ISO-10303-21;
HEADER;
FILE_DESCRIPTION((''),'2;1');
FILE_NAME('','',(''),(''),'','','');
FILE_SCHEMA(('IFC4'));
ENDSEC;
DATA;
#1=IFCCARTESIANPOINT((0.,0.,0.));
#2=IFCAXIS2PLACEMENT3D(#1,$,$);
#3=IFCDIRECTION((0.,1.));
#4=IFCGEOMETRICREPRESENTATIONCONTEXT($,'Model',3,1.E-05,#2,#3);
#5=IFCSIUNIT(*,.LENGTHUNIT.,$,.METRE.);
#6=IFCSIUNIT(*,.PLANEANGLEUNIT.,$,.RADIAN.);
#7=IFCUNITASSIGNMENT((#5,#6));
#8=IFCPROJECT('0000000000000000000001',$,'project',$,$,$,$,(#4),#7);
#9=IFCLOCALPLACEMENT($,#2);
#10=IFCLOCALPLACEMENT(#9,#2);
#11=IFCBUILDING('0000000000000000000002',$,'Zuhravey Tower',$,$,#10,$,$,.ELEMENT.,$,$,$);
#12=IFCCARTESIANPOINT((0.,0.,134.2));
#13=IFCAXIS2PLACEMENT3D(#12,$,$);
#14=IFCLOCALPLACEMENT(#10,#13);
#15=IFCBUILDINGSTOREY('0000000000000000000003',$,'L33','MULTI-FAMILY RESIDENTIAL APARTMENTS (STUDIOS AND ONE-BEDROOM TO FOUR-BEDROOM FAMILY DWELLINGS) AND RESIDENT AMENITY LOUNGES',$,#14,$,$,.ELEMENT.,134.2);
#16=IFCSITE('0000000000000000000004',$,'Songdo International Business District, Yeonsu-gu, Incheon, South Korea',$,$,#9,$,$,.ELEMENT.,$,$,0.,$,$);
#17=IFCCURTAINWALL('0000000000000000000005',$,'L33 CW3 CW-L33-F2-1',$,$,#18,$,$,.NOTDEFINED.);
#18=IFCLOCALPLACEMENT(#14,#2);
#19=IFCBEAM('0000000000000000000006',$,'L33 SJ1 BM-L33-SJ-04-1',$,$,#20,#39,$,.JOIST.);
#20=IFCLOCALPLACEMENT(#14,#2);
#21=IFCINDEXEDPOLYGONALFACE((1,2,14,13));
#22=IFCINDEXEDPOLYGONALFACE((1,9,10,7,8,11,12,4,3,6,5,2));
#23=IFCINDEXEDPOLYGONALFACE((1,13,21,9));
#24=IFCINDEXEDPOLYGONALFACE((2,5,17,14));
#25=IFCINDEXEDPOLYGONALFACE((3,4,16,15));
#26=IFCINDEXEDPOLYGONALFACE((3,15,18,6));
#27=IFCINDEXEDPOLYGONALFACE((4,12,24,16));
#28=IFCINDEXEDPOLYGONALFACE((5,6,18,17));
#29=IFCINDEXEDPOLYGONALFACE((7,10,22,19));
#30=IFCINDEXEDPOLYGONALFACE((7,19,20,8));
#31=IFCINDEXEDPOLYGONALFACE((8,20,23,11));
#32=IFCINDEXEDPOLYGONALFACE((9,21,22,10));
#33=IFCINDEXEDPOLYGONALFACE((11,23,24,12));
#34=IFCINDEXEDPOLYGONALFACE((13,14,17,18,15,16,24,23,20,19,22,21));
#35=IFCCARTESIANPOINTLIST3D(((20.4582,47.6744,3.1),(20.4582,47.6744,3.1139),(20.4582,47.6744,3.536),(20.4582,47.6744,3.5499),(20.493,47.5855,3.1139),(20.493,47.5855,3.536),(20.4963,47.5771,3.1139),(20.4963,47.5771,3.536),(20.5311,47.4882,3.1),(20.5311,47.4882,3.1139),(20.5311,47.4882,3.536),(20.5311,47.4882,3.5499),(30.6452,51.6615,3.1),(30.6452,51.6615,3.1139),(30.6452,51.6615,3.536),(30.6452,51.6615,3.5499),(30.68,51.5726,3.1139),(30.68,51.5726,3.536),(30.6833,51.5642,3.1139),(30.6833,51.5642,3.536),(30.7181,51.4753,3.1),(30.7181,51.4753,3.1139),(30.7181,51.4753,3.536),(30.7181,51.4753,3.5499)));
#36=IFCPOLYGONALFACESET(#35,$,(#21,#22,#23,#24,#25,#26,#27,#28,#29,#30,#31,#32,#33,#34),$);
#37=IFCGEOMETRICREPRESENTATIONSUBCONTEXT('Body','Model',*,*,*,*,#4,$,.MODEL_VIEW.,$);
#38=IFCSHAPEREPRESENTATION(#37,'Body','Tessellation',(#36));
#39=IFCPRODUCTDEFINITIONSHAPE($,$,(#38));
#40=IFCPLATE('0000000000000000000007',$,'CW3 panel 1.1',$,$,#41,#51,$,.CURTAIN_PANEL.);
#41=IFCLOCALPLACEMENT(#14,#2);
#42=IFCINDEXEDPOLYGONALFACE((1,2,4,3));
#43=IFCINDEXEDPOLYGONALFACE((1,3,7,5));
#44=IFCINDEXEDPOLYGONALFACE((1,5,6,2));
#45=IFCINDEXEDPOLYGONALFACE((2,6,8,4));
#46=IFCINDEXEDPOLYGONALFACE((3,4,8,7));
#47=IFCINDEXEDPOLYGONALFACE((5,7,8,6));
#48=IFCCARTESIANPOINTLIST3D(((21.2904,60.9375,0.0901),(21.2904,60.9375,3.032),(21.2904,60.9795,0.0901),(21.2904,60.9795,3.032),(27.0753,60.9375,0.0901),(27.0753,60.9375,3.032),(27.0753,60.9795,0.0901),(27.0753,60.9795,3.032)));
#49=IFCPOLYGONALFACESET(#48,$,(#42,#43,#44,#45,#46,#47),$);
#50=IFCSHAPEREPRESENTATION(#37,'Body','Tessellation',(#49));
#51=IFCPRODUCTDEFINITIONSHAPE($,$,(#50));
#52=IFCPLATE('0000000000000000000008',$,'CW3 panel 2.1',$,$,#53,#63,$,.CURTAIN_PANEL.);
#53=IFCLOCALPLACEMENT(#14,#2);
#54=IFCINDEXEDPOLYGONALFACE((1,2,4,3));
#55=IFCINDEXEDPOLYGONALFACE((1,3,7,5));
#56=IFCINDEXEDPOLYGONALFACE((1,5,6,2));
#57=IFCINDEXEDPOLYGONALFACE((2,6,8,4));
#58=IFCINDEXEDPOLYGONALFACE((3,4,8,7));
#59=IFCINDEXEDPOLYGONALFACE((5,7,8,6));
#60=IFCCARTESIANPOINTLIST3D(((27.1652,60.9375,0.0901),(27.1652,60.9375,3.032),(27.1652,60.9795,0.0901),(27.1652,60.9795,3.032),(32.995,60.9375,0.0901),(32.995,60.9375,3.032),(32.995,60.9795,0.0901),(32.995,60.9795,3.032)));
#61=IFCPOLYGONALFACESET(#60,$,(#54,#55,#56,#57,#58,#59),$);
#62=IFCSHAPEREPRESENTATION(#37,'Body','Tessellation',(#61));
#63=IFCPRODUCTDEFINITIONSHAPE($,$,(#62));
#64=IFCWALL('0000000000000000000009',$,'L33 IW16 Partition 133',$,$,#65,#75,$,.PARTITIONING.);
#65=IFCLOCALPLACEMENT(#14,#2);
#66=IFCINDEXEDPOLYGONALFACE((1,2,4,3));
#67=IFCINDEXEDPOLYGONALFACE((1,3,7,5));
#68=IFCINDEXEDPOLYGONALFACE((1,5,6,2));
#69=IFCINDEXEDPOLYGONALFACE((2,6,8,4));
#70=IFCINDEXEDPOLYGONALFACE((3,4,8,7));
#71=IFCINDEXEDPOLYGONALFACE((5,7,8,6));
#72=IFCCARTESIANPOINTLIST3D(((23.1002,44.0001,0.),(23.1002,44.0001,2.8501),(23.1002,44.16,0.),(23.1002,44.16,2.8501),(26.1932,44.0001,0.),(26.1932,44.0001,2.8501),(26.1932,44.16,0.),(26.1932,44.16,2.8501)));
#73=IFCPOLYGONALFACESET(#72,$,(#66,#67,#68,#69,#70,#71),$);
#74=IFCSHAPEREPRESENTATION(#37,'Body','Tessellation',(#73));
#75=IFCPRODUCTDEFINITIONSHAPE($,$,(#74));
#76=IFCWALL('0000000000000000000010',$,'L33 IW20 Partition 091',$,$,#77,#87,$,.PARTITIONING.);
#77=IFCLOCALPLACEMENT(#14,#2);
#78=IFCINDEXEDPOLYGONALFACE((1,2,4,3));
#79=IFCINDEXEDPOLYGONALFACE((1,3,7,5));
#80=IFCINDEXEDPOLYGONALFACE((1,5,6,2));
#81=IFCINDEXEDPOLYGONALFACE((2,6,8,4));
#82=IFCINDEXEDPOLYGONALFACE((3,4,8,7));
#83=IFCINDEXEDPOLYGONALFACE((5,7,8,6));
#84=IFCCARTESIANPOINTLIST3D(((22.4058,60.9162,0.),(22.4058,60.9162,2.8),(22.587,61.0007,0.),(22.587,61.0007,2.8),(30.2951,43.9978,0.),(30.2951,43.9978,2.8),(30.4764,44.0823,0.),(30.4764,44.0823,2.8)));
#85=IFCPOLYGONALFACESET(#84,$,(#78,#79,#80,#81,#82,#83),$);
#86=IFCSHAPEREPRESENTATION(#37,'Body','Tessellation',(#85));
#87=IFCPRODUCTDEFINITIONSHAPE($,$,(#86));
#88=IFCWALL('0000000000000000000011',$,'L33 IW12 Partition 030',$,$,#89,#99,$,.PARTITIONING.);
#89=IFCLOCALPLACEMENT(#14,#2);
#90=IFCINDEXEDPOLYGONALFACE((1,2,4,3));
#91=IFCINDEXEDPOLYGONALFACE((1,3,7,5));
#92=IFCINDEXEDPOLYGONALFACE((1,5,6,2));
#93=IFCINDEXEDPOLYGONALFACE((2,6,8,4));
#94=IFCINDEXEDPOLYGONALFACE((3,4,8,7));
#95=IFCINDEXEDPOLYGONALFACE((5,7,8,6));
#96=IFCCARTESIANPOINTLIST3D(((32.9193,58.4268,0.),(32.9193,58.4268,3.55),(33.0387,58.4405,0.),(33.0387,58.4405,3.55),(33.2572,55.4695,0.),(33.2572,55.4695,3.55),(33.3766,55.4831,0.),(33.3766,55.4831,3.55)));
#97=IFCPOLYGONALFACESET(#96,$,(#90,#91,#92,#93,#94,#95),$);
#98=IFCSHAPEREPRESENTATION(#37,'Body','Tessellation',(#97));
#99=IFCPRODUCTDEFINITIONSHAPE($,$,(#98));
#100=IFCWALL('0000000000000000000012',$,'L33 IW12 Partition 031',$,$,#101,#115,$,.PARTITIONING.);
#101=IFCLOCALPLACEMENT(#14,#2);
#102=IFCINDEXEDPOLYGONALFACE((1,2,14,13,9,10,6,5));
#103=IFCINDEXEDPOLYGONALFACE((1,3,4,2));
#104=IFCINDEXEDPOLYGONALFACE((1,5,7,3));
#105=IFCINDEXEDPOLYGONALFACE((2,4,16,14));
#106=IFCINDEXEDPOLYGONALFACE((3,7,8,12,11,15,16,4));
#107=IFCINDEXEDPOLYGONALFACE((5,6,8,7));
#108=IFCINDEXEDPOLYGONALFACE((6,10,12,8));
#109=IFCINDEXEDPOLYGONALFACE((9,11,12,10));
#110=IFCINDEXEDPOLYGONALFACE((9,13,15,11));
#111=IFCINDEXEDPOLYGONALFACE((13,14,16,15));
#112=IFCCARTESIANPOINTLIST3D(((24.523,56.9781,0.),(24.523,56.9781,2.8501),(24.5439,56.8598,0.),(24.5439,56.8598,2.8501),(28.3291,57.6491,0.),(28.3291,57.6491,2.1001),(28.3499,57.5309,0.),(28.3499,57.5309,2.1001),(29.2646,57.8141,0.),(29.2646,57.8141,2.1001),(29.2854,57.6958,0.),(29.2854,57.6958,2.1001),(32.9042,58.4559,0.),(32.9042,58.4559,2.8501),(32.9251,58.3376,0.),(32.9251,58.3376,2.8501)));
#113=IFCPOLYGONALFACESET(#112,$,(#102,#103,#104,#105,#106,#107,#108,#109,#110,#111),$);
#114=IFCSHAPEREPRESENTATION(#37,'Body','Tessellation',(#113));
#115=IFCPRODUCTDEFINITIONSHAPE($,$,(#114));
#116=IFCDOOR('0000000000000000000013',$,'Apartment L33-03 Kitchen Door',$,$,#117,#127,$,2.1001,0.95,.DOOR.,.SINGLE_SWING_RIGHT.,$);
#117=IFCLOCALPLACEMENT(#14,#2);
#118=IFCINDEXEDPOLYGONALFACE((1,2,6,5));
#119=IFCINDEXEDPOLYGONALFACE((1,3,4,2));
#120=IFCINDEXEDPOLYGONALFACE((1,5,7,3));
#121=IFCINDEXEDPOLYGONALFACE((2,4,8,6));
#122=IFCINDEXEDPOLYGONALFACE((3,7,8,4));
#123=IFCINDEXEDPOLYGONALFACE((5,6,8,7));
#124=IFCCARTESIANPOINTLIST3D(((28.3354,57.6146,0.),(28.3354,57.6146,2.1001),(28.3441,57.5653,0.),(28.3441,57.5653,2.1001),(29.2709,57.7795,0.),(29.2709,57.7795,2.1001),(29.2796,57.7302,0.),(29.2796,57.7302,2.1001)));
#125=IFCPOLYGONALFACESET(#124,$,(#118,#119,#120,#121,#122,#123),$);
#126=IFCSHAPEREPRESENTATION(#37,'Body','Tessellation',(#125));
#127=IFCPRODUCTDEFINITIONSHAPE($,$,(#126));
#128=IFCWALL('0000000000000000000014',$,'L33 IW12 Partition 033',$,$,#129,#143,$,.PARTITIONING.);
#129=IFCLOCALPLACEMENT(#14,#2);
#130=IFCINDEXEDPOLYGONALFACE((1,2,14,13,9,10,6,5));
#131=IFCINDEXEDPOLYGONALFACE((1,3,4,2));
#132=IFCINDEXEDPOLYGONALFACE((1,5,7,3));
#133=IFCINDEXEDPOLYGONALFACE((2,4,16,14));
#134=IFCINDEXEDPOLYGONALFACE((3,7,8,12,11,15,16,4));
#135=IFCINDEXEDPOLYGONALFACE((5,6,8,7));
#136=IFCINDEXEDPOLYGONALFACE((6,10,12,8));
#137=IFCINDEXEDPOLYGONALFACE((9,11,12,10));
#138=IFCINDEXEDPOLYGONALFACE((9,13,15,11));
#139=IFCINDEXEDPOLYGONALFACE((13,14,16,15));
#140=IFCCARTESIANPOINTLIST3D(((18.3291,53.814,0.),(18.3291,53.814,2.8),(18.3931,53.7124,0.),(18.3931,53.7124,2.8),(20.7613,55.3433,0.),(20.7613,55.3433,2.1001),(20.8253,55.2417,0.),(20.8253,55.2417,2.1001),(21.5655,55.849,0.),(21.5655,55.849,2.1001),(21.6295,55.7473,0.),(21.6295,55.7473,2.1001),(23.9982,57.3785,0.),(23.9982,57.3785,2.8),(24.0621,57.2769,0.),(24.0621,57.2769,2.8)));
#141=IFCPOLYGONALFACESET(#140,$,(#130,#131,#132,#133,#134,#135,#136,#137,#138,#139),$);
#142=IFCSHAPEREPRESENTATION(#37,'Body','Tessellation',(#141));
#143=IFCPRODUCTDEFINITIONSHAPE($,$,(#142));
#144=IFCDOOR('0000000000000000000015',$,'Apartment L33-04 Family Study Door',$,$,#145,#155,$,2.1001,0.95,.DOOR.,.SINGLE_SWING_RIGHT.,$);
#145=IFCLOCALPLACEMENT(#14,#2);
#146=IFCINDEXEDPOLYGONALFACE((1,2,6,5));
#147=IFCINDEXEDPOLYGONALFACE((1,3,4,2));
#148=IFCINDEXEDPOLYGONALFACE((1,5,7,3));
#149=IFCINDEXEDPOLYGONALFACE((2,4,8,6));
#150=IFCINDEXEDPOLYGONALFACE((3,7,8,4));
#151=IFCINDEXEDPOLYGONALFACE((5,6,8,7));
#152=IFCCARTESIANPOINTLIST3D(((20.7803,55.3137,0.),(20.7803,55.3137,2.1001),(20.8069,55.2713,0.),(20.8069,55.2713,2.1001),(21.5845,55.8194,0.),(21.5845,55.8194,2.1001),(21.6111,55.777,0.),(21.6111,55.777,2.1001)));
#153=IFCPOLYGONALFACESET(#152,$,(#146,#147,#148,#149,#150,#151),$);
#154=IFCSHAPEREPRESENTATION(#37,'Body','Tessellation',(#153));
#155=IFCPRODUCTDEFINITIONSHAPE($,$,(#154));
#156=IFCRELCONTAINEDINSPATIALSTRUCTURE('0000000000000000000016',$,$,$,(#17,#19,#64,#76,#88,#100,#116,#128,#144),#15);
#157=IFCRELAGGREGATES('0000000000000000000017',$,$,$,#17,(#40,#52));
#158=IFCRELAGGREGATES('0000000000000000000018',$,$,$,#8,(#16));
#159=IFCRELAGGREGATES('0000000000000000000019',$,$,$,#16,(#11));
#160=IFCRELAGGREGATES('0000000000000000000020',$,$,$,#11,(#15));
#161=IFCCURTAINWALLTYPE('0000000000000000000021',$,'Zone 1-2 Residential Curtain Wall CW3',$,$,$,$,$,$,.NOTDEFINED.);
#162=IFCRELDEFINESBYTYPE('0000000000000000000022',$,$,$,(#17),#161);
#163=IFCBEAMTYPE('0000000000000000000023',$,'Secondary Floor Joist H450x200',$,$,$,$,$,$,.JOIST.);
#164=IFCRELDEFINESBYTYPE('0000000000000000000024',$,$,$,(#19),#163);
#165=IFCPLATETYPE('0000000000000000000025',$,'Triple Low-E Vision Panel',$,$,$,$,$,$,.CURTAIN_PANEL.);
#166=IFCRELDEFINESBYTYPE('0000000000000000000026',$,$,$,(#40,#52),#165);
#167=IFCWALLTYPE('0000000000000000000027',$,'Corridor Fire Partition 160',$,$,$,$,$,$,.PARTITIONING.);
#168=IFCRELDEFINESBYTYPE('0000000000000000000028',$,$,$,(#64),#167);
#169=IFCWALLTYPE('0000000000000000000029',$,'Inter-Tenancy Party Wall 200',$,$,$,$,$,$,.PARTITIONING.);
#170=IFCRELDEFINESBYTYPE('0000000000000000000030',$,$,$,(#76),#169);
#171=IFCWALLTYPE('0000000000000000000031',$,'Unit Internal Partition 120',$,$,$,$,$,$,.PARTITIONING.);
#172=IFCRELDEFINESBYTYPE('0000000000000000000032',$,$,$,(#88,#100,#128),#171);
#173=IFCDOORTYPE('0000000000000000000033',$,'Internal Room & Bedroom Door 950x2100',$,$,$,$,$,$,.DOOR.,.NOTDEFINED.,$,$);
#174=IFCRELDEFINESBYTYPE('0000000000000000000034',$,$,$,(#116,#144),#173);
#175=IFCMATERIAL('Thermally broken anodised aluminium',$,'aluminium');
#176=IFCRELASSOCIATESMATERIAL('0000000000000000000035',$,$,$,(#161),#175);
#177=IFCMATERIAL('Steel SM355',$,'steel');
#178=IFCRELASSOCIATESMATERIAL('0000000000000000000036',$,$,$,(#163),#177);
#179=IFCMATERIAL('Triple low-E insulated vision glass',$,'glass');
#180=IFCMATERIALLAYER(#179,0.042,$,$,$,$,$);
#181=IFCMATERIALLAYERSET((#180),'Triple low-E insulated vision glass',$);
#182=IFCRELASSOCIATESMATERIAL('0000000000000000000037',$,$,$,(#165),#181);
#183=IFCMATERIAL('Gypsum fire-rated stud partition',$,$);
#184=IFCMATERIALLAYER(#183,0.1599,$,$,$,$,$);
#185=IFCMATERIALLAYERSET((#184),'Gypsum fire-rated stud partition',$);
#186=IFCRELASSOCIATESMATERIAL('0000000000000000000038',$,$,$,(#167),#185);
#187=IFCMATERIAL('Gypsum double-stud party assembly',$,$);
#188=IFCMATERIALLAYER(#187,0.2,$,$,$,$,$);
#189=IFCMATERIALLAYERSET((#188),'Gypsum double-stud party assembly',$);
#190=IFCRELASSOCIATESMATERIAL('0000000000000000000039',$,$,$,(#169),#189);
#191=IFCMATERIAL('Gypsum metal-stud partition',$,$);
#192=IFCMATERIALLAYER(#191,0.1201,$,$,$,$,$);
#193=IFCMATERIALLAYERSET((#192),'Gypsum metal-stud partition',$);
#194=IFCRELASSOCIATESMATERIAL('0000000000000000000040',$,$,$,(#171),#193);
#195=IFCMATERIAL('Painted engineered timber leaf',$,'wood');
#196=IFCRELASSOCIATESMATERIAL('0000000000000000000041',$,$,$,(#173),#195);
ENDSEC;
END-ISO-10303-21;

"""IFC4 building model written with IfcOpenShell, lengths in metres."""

from ifc_helpers import new_model, si_unit, direction, frame, frame_2d, origin, origin_2d, place, context, subcontext, project, spatial, rectangle, i_section, extrude, material, layer, layer_set, material_profile, profile_set, type_object, element, fill, aggregate, save


model = new_model("IFC4")

# Units and contexts
model_context = context("Model", 3, precision=1e-05, world=origin(), true_north=direction((0.0, 1.0)))
body_context = subcontext(model_context, "Body", "Model", "MODEL_VIEW")
ifc_project = project(units=[si_unit("LENGTHUNIT", "METRE"), si_unit("PLANEANGLEUNIT", "RADIAN")], contexts=[model_context])

# Site, building, storey
site_placement = place(None, origin())
site = spatial("IfcSite", under=ifc_project, at=site_placement, Name="Songdo International Business District, Yeonsu-gu, Incheon, South Korea", CompositionType="ELEMENT", RefElevation=0.0)
building_placement = place(site_placement, origin())
building = spatial("IfcBuilding", under=site, at=building_placement, Name="Zuhravey Tower", CompositionType="ELEMENT")
storey_placement = place(building_placement, frame((0.0, 0.0, 134.2)))
storey = spatial("IfcBuildingStorey", under=building, at=storey_placement, Name="L33", Description="MULTI-FAMILY RESIDENTIAL APARTMENTS (STUDIOS AND ONE-BEDROOM TO FOUR-BEDROOM FAMILY DWELLINGS) AND RESIDENT AMENITY LOUNGES", CompositionType="ELEMENT", Elevation=134.2)

# Curtain wall
ifc_material_1 = material(Name="Thermally broken anodised aluminium", Category="aluminium")
curtain_wall_type = type_object("IfcCurtainWallType", Name="Zone 1-2 Residential Curtain Wall CW3", PredefinedType="NOTDEFINED", material=ifc_material_1)
curtain_wall_placement = place(storey_placement, origin())
curtain_wall = element("IfcCurtainWall", 1, at=curtain_wall_placement, inside=storey, type_object=curtain_wall_type, Name="L33 CW3 CW-L33-F2-1", PredefinedType="NOTDEFINED")

# Beam
ifc_material_2 = material(Name="Steel SM355", Category="steel")
ifc_material_profile_1 = material_profile(ifc_material_2, i_section(OverallWidth=0.2, OverallDepth=0.45, WebThickness=0.009, FlangeThickness=0.0139, at=origin_2d()), Name="H-450x200x9x14")
ifc_profile_set_1 = profile_set([ifc_material_profile_1], Name="Steel SM355")
beam_type_1 = type_object("IfcBeamType", Name="Secondary Floor Joist H450x200", PredefinedType="JOIST", material=ifc_profile_set_1)
beam_1_placement = place(storey_placement, frame((30.6816, 51.5684, 3.325), z_axis=(-0.931217, -0.364466, 0.0), x_axis=(0.364466, -0.931217, 0.0)))
element("IfcBeam", 2, at=beam_1_placement, inside=storey, type_object=beam_type_1, Name="L33 SJ1 BM-L33-SJ-04-1", PredefinedType="JOIST", context=body_context, shape_type="SweptSolid", body=[
    extrude(i_section(OverallWidth=0.2, OverallDepth=0.45, WebThickness=0.009, FlangeThickness=0.0139, at=origin_2d()), origin(), (0.0, 0.0, 1.0), 10.9395),
])

# Plates
ifc_material_3 = material(Name="Triple low-E insulated vision glass", Category="glass")
ifc_layer_1 = layer(ifc_material_3, 0.042)
ifc_layer_set_1 = layer_set([ifc_layer_1], Name="Triple low-E insulated vision glass")
plate_type = type_object("IfcPlateType", Name="Triple Low-E Vision Panel", PredefinedType="CURTAIN_PANEL", material=ifc_layer_set_1)
plate_1_placement = place(storey_placement, frame((24.1829, 60.9585, 0.0901), z_axis=(0.0, 0.0, 1.0), x_axis=(1.0, 0.0, 0.0)))
plate_1 = element("IfcPlate", 3, at=plate_1_placement, type_object=plate_type, Name="CW3 panel 1.1", PredefinedType="CURTAIN_PANEL", context=body_context, shape_type="SweptSolid", body=[
    extrude(rectangle(XDim=5.7849, YDim=0.042, at=origin_2d()), origin(), (0.0, 0.0, 1.0), 2.9419),
])
plate_2_placement = place(storey_placement, frame((30.0801, 60.9585, 0.0901), z_axis=(0.0, 0.0, 1.0), x_axis=(1.0, 0.0, 0.0)))
plate_2 = element("IfcPlate", 4, at=plate_2_placement, type_object=plate_type, Name="CW3 panel 2.1", PredefinedType="CURTAIN_PANEL", context=body_context, shape_type="SweptSolid", body=[
    extrude(rectangle(XDim=5.8298, YDim=0.042, at=origin_2d()), origin(), (0.0, 0.0, 1.0), 2.9419),
])
aggregate(curtain_wall, [plate_1, plate_2])

# Shared definitions
ifc_material_4 = material(Name="Gypsum fire-rated stud partition")
ifc_layer_2 = layer(ifc_material_4, 0.1599)
ifc_layer_set_2 = layer_set([ifc_layer_2], Name="Gypsum fire-rated stud partition")
wall_type_1 = type_object("IfcWallType", Name="Corridor Fire Partition 160", PredefinedType="PARTITIONING", material=ifc_layer_set_2)

# Walls
wall_1_placement = place(storey_placement, frame((26.1931, 44.0801, 0.0), z_axis=(0.0, 0.0, 1.0), x_axis=(-1.0, 0.0, 0.0)))
element("IfcWall", 5, at=wall_1_placement, inside=storey, type_object=wall_type_1, Name="L33 IW16 Partition 133", PredefinedType="PARTITIONING", context=body_context, shape_type="SweptSolid", body=[
    extrude(rectangle(XDim=3.093, YDim=0.1599, at=frame_2d((1.5464, 0.0))), origin(), (0.0, 0.0, 1.0), 2.8501),
])
ifc_material_5 = material(Name="Gypsum double-stud party assembly")
ifc_layer_3 = layer(ifc_material_5, 0.2)
ifc_layer_set_3 = layer_set([ifc_layer_3], Name="Gypsum double-stud party assembly")
wall_type_2 = type_object("IfcWallType", Name="Inter-Tenancy Party Wall 200", PredefinedType="PARTITIONING", material=ifc_layer_set_3)
wall_2_placement = place(storey_placement, frame((30.3857, 44.04, 0.0), z_axis=(0.0, 0.0, 1.0), x_axis=(-0.422627, 0.906304, 0.0)))
element("IfcWall", 6, at=wall_2_placement, inside=storey, type_object=wall_type_2, Name="L33 IW20 Partition 091", PredefinedType="PARTITIONING", context=body_context, shape_type="SweptSolid", body=[
    extrude(rectangle(XDim=18.6675, YDim=0.2, at=frame_2d((9.3337, 0.0))), origin(), (0.0, 0.0, 1.0), 2.8),
])
ifc_material_6 = material(Name="Gypsum metal-stud partition")
ifc_layer_4 = layer(ifc_material_6, 0.1201)
ifc_layer_set_4 = layer_set([ifc_layer_4], Name="Gypsum metal-stud partition")
wall_type_3 = type_object("IfcWallType", Name="Unit Internal Partition 120", PredefinedType="PARTITIONING", material=ifc_layer_set_4)
wall_3_placement = place(storey_placement, frame((33.3169, 55.4763, 0.0), z_axis=(0.0, 0.0, 1.0), x_axis=(-0.113519, 0.993536, 0.0)))
element("IfcWall", 7, at=wall_3_placement, inside=storey, type_object=wall_type_3, Name="L33 IW12 Partition 030", PredefinedType="PARTITIONING", context=body_context, shape_type="SweptSolid", body=[
    extrude(rectangle(XDim=2.9766, YDim=0.1201, at=frame_2d((1.4883, 0.0))), origin(), (0.0, 0.0, 1.0), 3.55),
])

# Walls, openings, doors
wall_4_placement = place(storey_placement, frame((32.9148, 58.3967, 0.0), z_axis=(0.0, 0.0, 1.0), x_axis=(-0.984808, -0.173645, 0.0)))
wall_4 = element("IfcWall", 8, at=wall_4_placement, inside=storey, type_object=wall_type_3, Name="L33 IW12 Partition 031", PredefinedType="PARTITIONING", context=body_context, shape_type="SweptSolid", body=[
    extrude(rectangle(XDim=8.5105, YDim=0.1201, at=frame_2d((4.2554, 0.0))), origin(), (0.0, 0.0, 1.0), 2.8501),
])
opening_1_placement = place(wall_4_placement, frame((3.6958, 0.0, 0.0)))
opening_1 = element("IfcOpeningElement", 9, at=opening_1_placement, cuts=wall_4, PredefinedType="OPENING", context=body_context, shape_type="SweptSolid", body=[
    extrude(rectangle(XDim=0.95, YDim=2.1001, at=frame_2d((0.4751, 1.05))), frame((0.0, 0.072, 0.0), z_axis=(0.0, -1.0, 0.0), x_axis=(1.0, 0.0, 0.0)), (0.0, 0.0, 1.0), 0.144),
])
ifc_material_7 = material(Name="Painted engineered timber leaf", Category="wood")
door_type_1 = type_object("IfcDoorType", Name="Internal Room & Bedroom Door 950x2100", OperationType="NOTDEFINED", PredefinedType="DOOR", material=ifc_material_7)
door_1_placement = place(opening_1_placement, frame((0.95, 0.0, 0.0), z_axis=(0.0, 0.0, 1.0), x_axis=(-1.0, 0.0, 0.0)))
door_1 = element("IfcDoor", 10, at=door_1_placement, inside=storey, type_object=door_type_1, Name="Apartment L33-03 Kitchen Door", OperationType="SINGLE_SWING_RIGHT", OverallHeight=2.1001, OverallWidth=0.95, PredefinedType="DOOR", context=body_context, shape_type="SweptSolid", body=[
    extrude(rectangle(XDim=0.95, YDim=2.1001, at=frame_2d((0.4751, 1.05))), frame((0.0, 0.0249, 0.0), z_axis=(0.0, -1.0, 0.0), x_axis=(1.0, 0.0, 0.0)), (0.0, 0.0, 1.0), 0.05),
])
fill(opening_1, door_1)
wall_5_placement = place(storey_placement, frame((24.03, 57.3276, 0.0), z_axis=(0.0, 0.0, 1.0), x_axis=(-0.846561, -0.532291, 0.0)))
wall_5 = element("IfcWall", 11, at=wall_5_placement, inside=storey, type_object=wall_type_3, Name="L33 IW12 Partition 033", PredefinedType="PARTITIONING", context=body_context, shape_type="SweptSolid", body=[
    extrude(rectangle(XDim=6.6965, YDim=0.1201, at=frame_2d((3.3481, 0.0))), origin(), (0.0, 0.0, 1.0), 2.8),
])
opening_2_placement = place(wall_5_placement, frame((2.8733, 0.0, 0.0)))
opening_2 = element("IfcOpeningElement", 12, at=opening_2_placement, cuts=wall_5, PredefinedType="OPENING", context=body_context, shape_type="SweptSolid", body=[
    extrude(rectangle(XDim=0.95, YDim=2.1001, at=frame_2d((0.4751, 1.05))), frame((0.0, 0.072, 0.0), z_axis=(0.0, -1.0, 0.0), x_axis=(1.0, 0.0, 0.0)), (0.0, 0.0, 1.0), 0.144),
])
door_2_placement = place(opening_2_placement, frame((0.95, 0.0, 0.0), z_axis=(0.0, 0.0, 1.0), x_axis=(-1.0, 0.0, 0.0)))
door_2 = element("IfcDoor", 13, at=door_2_placement, inside=storey, type_object=door_type_1, Name="Apartment L33-04 Family Study Door", OperationType="SINGLE_SWING_RIGHT", OverallHeight=2.1001, OverallWidth=0.95, PredefinedType="DOOR", context=body_context, shape_type="SweptSolid", body=[
    extrude(rectangle(XDim=0.95, YDim=2.1001, at=frame_2d((0.4751, 1.05))), frame((0.0, 0.0249, 0.0), z_axis=(0.0, -1.0, 0.0), x_axis=(1.0, 0.0, 0.0)), (0.0, 0.0, 1.0), 0.05),
])
fill(opening_2, door_2)

save(model, "model.ifc")
